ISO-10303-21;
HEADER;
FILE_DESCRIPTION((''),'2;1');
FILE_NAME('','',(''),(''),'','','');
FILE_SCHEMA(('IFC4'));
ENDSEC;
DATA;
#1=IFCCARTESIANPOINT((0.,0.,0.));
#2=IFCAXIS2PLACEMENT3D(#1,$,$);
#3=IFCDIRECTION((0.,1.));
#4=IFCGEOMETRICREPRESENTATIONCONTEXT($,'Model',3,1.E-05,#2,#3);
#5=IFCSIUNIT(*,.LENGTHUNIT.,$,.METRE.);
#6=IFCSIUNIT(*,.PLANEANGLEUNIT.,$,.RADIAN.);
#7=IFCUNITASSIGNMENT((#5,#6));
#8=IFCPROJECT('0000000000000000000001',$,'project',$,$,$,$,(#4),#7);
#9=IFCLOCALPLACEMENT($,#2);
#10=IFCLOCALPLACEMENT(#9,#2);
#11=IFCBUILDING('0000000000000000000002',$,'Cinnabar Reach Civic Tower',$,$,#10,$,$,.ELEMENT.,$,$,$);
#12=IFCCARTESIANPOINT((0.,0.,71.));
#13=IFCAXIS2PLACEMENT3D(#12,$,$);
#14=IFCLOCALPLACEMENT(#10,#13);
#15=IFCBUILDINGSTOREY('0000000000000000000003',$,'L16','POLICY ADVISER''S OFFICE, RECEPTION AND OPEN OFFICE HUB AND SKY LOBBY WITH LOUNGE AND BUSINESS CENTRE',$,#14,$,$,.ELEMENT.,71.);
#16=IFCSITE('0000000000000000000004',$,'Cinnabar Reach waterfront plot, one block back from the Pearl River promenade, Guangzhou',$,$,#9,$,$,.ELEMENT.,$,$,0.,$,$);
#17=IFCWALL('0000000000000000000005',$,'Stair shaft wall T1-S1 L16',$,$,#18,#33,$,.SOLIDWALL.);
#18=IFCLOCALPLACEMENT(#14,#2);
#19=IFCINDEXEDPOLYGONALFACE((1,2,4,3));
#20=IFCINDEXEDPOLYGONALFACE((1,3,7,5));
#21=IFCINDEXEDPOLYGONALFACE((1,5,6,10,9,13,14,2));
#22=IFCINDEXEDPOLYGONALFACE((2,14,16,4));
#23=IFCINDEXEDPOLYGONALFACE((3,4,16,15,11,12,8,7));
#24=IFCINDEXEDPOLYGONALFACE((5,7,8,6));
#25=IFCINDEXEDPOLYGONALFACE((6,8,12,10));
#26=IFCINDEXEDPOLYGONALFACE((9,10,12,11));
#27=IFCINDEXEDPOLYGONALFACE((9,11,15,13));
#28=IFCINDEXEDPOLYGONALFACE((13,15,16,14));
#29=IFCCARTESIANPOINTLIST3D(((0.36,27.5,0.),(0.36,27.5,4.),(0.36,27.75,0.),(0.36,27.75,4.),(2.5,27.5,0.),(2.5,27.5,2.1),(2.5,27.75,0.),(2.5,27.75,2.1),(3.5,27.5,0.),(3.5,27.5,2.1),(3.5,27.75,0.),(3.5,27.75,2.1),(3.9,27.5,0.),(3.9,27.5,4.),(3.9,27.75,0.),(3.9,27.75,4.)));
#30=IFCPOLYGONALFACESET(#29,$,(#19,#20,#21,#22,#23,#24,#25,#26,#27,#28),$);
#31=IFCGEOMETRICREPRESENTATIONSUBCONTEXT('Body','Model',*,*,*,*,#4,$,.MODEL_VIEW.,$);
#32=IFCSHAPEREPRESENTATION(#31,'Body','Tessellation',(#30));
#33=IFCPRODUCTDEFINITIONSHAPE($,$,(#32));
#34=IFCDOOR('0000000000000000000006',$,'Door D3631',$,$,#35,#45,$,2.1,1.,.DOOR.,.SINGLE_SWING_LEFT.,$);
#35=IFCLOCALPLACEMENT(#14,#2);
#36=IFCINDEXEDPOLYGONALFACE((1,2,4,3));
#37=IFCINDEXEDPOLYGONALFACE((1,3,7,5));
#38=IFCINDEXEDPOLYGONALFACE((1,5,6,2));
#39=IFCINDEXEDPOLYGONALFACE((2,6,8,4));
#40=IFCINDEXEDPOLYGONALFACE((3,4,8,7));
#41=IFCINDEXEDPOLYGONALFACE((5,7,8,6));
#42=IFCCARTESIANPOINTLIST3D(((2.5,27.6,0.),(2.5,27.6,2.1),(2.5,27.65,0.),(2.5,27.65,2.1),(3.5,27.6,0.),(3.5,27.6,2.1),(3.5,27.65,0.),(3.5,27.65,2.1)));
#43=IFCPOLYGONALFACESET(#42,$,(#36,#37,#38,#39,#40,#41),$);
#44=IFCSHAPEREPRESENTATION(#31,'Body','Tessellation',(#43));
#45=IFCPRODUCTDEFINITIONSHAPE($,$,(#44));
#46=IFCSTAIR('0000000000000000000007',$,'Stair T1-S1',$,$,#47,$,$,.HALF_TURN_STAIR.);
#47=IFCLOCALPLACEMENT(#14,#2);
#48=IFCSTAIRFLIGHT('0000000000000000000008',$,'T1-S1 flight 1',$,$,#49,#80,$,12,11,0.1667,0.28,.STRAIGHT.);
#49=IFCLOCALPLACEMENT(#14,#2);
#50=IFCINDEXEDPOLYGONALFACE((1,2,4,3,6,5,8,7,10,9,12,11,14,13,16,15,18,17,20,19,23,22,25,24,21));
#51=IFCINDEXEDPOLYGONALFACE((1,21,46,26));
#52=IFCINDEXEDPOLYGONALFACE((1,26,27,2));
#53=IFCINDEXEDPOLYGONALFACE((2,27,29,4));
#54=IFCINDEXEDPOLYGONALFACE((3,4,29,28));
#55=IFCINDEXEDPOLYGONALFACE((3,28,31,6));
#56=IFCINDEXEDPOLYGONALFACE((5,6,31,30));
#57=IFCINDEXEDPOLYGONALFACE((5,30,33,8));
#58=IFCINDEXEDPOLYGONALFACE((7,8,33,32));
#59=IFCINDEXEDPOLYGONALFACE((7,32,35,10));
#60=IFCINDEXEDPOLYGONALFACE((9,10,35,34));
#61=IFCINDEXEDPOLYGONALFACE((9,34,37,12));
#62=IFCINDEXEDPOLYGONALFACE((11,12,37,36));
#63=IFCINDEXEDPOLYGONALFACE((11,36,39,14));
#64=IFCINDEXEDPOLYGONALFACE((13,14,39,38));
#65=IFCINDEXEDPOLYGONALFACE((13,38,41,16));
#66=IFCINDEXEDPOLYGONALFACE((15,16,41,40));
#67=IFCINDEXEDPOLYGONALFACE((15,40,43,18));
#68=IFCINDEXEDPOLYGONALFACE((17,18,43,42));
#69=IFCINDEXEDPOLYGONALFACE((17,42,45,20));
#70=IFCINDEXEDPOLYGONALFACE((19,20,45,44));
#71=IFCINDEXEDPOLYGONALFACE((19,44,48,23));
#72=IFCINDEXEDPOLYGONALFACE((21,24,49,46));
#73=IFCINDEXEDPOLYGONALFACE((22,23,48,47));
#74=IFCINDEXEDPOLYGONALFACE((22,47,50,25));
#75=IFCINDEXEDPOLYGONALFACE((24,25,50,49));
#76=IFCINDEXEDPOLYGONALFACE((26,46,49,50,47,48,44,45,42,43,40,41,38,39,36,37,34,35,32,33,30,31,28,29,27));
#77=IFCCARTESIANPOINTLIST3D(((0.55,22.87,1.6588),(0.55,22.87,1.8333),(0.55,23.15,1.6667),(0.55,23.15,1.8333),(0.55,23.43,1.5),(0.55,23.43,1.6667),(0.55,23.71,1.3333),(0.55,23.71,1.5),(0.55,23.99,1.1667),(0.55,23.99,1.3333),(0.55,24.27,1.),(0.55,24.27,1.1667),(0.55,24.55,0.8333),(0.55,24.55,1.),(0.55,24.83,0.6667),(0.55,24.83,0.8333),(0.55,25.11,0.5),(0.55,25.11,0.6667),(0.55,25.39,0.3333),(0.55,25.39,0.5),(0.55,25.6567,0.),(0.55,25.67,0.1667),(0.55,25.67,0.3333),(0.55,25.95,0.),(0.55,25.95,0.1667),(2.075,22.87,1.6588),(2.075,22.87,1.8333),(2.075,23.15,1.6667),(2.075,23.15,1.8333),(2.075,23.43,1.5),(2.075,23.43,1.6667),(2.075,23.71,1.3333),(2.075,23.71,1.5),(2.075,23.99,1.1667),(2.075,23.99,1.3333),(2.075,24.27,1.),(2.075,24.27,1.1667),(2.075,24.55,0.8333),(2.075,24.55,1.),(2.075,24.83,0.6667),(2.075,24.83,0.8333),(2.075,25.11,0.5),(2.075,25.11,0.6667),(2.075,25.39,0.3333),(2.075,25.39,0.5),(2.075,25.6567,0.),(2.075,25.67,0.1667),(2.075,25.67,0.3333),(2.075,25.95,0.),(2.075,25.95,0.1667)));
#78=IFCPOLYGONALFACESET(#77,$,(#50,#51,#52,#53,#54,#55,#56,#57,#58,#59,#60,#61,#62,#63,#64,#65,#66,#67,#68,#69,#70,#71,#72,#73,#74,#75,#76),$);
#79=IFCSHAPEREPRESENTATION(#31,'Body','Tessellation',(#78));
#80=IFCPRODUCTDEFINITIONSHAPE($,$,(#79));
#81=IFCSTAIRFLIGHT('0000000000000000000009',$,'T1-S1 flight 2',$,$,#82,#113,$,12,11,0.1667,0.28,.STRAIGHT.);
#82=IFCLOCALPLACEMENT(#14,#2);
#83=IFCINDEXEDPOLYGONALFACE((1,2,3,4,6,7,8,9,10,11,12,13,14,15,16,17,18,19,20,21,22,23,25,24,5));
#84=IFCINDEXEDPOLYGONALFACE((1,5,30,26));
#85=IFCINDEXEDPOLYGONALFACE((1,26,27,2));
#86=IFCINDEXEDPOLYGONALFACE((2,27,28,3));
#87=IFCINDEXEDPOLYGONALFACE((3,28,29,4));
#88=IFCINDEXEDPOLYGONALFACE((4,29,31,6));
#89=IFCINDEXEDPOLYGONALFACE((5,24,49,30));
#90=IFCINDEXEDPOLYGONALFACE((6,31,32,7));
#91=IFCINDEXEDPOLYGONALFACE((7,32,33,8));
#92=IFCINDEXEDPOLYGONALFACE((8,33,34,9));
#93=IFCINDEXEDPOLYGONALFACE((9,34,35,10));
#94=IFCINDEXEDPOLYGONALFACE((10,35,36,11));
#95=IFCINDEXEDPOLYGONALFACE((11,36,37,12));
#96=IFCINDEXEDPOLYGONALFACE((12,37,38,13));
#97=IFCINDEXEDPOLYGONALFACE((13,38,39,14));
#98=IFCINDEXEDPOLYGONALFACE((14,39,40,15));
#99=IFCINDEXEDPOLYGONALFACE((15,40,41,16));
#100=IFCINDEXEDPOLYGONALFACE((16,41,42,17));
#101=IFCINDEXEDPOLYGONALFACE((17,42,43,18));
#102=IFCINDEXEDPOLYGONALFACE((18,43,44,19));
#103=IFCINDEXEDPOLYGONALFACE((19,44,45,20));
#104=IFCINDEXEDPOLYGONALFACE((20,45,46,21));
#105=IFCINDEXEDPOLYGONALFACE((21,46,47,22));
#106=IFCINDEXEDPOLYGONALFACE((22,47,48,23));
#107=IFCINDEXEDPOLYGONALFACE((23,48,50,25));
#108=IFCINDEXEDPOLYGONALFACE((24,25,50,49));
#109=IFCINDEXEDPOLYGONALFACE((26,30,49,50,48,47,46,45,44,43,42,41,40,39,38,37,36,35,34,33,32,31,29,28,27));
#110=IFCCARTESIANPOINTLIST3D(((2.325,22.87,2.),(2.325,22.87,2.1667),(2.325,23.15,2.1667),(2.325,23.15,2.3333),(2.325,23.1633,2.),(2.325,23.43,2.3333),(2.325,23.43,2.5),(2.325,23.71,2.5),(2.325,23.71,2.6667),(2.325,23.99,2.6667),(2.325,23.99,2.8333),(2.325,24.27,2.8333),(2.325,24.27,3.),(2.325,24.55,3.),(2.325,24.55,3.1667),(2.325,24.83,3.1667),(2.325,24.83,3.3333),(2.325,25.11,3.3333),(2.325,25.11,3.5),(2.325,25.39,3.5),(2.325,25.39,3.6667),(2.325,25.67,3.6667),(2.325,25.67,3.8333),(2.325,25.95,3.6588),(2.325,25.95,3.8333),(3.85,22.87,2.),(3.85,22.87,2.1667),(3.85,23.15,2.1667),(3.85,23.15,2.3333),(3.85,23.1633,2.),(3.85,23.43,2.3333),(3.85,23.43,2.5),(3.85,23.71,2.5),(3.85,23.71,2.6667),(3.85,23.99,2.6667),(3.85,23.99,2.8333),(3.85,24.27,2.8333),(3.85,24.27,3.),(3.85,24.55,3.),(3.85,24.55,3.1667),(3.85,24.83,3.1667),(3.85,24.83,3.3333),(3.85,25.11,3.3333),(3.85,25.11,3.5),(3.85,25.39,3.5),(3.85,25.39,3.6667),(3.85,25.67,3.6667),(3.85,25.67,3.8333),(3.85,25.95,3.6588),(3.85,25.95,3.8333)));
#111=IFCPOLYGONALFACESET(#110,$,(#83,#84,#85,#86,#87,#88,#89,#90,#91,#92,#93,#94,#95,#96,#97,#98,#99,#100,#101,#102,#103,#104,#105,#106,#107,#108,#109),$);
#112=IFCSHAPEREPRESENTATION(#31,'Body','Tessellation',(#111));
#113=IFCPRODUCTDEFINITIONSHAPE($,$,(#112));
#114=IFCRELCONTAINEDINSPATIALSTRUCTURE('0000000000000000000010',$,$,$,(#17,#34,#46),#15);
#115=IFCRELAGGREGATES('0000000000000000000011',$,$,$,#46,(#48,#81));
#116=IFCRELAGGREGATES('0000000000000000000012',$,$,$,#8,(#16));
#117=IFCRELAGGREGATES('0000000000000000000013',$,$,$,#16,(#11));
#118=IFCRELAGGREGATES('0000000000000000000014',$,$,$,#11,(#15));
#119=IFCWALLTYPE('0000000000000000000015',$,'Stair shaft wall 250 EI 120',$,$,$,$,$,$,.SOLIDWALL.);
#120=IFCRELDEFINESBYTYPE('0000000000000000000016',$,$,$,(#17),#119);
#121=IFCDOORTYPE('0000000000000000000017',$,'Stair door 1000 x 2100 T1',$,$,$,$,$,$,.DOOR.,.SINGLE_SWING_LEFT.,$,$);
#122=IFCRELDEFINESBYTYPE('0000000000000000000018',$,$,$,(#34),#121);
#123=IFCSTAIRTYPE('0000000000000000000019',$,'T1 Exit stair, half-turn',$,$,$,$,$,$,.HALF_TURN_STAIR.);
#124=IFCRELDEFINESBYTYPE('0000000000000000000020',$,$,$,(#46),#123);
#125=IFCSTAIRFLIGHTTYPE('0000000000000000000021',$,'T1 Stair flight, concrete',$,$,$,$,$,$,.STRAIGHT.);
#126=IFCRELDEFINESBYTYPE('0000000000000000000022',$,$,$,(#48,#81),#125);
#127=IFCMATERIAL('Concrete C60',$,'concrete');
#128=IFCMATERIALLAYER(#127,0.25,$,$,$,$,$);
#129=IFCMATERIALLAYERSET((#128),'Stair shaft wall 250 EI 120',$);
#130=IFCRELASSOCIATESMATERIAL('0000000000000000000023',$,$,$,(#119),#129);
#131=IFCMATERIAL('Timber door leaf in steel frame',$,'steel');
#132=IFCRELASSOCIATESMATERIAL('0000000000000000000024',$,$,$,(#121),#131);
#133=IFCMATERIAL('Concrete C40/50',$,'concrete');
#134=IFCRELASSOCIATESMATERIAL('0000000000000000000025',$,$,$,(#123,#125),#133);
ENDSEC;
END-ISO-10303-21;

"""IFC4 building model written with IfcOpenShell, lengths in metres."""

from ifc_helpers import new_model, si_unit, direction, frame, frame_2d, origin, place, context, subcontext, project, spatial, polyline, rectangle, outline, extrude, material, layer, layer_set, type_object, element, fill, aggregate, save


model = new_model("IFC4")

# Units and contexts
model_context = context("Model", 3, precision=1e-05, world=origin(), true_north=direction((0.0, 1.0)))
body_context = subcontext(model_context, "Body", "Model", "MODEL_VIEW")
ifc_project = project(units=[si_unit("LENGTHUNIT", "METRE"), si_unit("PLANEANGLEUNIT", "RADIAN")], contexts=[model_context])

# Site, building, storey
site_placement = place(None, origin())
site = spatial("IfcSite", under=ifc_project, at=site_placement, Name="Cinnabar Reach waterfront plot, one block back from the Pearl River promenade, Guangzhou", CompositionType="ELEMENT", RefElevation=0.0)
building_placement = place(site_placement, origin())
building = spatial("IfcBuilding", under=site, at=building_placement, Name="Cinnabar Reach Civic Tower", CompositionType="ELEMENT")
storey_placement = place(building_placement, frame((0.0, 0.0, 71.0)))
storey = spatial("IfcBuildingStorey", under=building, at=storey_placement, Name="L16", Description="POLICY ADVISER'S OFFICE, RECEPTION AND OPEN OFFICE HUB AND SKY LOBBY WITH LOUNGE AND BUSINESS CENTRE", CompositionType="ELEMENT", Elevation=71.0)

# Shared definitions
ifc_material_1 = material(Name="Timber door leaf in steel frame", Category="steel")

# Wall, opening, door
ifc_material_2 = material(Name="Concrete C60", Category="concrete")
ifc_layer_1 = layer(ifc_material_2, 0.25)
ifc_layer_set_1 = layer_set([ifc_layer_1], Name="Stair shaft wall 250 EI 120")
wall_type_1 = type_object("IfcWallType", Name="Stair shaft wall 250 EI 120", PredefinedType="SOLIDWALL", material=ifc_layer_set_1)
wall_1_placement = place(storey_placement, frame((3.9, 27.625, 0.0), z_axis=(0.0, 0.0, 1.0), x_axis=(-1.0, 0.0, 0.0)))
wall_1 = element("IfcWall", 1, at=wall_1_placement, inside=storey, type_object=wall_type_1, Name="Stair shaft wall T1-S1 L16", PredefinedType="SOLIDWALL", context=body_context, shape_type="SweptSolid", body=[
    extrude(rectangle(XDim=3.54, YDim=0.25, at=frame_2d((1.77, 0.0))), origin(), (0.0, 0.0, 1.0), 4.0),
])
opening_1_placement = place(wall_1_placement, frame((0.4, 0.0, 0.0)))
opening_1 = element("IfcOpeningElement", 2, at=opening_1_placement, cuts=wall_1, PredefinedType="OPENING", context=body_context, shape_type="SweptSolid", body=[
    extrude(rectangle(XDim=1.0, YDim=2.1, at=frame_2d((0.5, 1.05))), frame((0.0, 0.135, 0.0), z_axis=(0.0, -1.0, 0.0), x_axis=(1.0, 0.0, 0.0)), (0.0, 0.0, 1.0), 0.27),
])
door_type_1 = type_object("IfcDoorType", Name="Stair door 1000 x 2100 T1", OperationType="SINGLE_SWING_LEFT", PredefinedType="DOOR", material=ifc_material_1)
door_1_placement = place(opening_1_placement, origin())
door_1 = element("IfcDoor", 3, at=door_1_placement, inside=storey, type_object=door_type_1, Name="Door D3631", OperationType="SINGLE_SWING_LEFT", OverallHeight=2.1, OverallWidth=1.0, PredefinedType="DOOR", context=body_context, shape_type="SweptSolid", body=[
    extrude(rectangle(XDim=1.0, YDim=2.1, at=frame_2d((0.5, 1.05))), frame((0.0, 0.025, 0.0), z_axis=(0.0, -1.0, 0.0), x_axis=(1.0, 0.0, 0.0)), (0.0, 0.0, 1.0), 0.05),
])
fill(opening_1, door_1)

# Stair, stair flights
ifc_material_3 = material(Name="Concrete C40/50", Category="concrete")
stair_type = type_object("IfcStairType", Name="T1 Exit stair, half-turn", PredefinedType="HALF_TURN_STAIR", material=ifc_material_3)
stair_placement = place(storey_placement, origin())
stair = element("IfcStair", 4, at=stair_placement, inside=storey, type_object=stair_type, Name="Stair T1-S1", PredefinedType="HALF_TURN_STAIR")
stair_flight_type = type_object("IfcStairFlightType", Name="T1 Stair flight, concrete", PredefinedType="STRAIGHT", material=ifc_material_3)
stair_flight_1_placement = place(storey_placement, frame((1.3125, 25.95, 0.0), z_axis=(0.0, 0.0, 1.0), x_axis=(0.0, -1.0, 0.0)))
stair_flight_1 = element("IfcStairFlight", 5, at=stair_flight_1_placement, type_object=stair_flight_type, Name="T1-S1 flight 1", NumberOfRisers=12, NumberOfTreads=11, PredefinedType="STRAIGHT", RiserHeight=0.1667, TreadLength=0.28, context=body_context, shape_type="SweptSolid", body=[
    extrude(outline(polyline([(0.0, 0.0), (0.0, 0.1667), (0.28, 0.1667), (0.28, 0.3333), (0.56, 0.3333), (0.56, 0.5), (0.84, 0.5), (0.84, 0.6667), (1.12, 0.6667), (1.12, 0.8333), (1.4, 0.8333), (1.4, 1.0), (1.68, 1.0), (1.68, 1.1667), (1.96, 1.1667), (1.96, 1.3333), (2.24, 1.3333), (2.24, 1.5), (2.52, 1.5), (2.52, 1.6667), (2.8, 1.6667), (2.8, 1.8333), (3.08, 1.8333), (3.08, 2.0), (3.08, 1.6588), (0.2933, 0.0), (0.0, 0.0)])), frame((0.0, 0.7625, 0.0), z_axis=(0.0, -1.0, 0.0), x_axis=(1.0, 0.0, 0.0)), (0.0, 0.0, 1.0), 1.525),
])
stair_flight_2_placement = place(storey_placement, frame((3.0875, 22.87, 2.0), z_axis=(0.0, 0.0, 1.0), x_axis=(0.0, 1.0, 0.0)))
stair_flight_2 = element("IfcStairFlight", 6, at=stair_flight_2_placement, type_object=stair_flight_type, Name="T1-S1 flight 2", NumberOfRisers=12, NumberOfTreads=11, PredefinedType="STRAIGHT", RiserHeight=0.1667, TreadLength=0.28, context=body_context, shape_type="SweptSolid", body=[
    extrude(outline(polyline([(0.0, 0.0), (0.0, 0.1667), (0.28, 0.1667), (0.28, 0.3333), (0.56, 0.3333), (0.56, 0.5), (0.84, 0.5), (0.84, 0.6667), (1.12, 0.6667), (1.12, 0.8333), (1.4, 0.8333), (1.4, 1.0), (1.68, 1.0), (1.68, 1.1667), (1.96, 1.1667), (1.96, 1.3333), (2.24, 1.3333), (2.24, 1.5), (2.52, 1.5), (2.52, 1.6667), (2.8, 1.6667), (2.8, 1.8333), (3.08, 1.8333), (3.08, 2.0), (3.08, 1.6588), (0.2933, 0.0), (0.0, 0.0)])), frame((0.0, 0.7625, 0.0), z_axis=(0.0, -1.0, 0.0), x_axis=(1.0, 0.0, 0.0)), (0.0, 0.0, 1.0), 1.525),
])
aggregate(stair, [stair_flight_1, stair_flight_2])

save(model, "model.ifc")
